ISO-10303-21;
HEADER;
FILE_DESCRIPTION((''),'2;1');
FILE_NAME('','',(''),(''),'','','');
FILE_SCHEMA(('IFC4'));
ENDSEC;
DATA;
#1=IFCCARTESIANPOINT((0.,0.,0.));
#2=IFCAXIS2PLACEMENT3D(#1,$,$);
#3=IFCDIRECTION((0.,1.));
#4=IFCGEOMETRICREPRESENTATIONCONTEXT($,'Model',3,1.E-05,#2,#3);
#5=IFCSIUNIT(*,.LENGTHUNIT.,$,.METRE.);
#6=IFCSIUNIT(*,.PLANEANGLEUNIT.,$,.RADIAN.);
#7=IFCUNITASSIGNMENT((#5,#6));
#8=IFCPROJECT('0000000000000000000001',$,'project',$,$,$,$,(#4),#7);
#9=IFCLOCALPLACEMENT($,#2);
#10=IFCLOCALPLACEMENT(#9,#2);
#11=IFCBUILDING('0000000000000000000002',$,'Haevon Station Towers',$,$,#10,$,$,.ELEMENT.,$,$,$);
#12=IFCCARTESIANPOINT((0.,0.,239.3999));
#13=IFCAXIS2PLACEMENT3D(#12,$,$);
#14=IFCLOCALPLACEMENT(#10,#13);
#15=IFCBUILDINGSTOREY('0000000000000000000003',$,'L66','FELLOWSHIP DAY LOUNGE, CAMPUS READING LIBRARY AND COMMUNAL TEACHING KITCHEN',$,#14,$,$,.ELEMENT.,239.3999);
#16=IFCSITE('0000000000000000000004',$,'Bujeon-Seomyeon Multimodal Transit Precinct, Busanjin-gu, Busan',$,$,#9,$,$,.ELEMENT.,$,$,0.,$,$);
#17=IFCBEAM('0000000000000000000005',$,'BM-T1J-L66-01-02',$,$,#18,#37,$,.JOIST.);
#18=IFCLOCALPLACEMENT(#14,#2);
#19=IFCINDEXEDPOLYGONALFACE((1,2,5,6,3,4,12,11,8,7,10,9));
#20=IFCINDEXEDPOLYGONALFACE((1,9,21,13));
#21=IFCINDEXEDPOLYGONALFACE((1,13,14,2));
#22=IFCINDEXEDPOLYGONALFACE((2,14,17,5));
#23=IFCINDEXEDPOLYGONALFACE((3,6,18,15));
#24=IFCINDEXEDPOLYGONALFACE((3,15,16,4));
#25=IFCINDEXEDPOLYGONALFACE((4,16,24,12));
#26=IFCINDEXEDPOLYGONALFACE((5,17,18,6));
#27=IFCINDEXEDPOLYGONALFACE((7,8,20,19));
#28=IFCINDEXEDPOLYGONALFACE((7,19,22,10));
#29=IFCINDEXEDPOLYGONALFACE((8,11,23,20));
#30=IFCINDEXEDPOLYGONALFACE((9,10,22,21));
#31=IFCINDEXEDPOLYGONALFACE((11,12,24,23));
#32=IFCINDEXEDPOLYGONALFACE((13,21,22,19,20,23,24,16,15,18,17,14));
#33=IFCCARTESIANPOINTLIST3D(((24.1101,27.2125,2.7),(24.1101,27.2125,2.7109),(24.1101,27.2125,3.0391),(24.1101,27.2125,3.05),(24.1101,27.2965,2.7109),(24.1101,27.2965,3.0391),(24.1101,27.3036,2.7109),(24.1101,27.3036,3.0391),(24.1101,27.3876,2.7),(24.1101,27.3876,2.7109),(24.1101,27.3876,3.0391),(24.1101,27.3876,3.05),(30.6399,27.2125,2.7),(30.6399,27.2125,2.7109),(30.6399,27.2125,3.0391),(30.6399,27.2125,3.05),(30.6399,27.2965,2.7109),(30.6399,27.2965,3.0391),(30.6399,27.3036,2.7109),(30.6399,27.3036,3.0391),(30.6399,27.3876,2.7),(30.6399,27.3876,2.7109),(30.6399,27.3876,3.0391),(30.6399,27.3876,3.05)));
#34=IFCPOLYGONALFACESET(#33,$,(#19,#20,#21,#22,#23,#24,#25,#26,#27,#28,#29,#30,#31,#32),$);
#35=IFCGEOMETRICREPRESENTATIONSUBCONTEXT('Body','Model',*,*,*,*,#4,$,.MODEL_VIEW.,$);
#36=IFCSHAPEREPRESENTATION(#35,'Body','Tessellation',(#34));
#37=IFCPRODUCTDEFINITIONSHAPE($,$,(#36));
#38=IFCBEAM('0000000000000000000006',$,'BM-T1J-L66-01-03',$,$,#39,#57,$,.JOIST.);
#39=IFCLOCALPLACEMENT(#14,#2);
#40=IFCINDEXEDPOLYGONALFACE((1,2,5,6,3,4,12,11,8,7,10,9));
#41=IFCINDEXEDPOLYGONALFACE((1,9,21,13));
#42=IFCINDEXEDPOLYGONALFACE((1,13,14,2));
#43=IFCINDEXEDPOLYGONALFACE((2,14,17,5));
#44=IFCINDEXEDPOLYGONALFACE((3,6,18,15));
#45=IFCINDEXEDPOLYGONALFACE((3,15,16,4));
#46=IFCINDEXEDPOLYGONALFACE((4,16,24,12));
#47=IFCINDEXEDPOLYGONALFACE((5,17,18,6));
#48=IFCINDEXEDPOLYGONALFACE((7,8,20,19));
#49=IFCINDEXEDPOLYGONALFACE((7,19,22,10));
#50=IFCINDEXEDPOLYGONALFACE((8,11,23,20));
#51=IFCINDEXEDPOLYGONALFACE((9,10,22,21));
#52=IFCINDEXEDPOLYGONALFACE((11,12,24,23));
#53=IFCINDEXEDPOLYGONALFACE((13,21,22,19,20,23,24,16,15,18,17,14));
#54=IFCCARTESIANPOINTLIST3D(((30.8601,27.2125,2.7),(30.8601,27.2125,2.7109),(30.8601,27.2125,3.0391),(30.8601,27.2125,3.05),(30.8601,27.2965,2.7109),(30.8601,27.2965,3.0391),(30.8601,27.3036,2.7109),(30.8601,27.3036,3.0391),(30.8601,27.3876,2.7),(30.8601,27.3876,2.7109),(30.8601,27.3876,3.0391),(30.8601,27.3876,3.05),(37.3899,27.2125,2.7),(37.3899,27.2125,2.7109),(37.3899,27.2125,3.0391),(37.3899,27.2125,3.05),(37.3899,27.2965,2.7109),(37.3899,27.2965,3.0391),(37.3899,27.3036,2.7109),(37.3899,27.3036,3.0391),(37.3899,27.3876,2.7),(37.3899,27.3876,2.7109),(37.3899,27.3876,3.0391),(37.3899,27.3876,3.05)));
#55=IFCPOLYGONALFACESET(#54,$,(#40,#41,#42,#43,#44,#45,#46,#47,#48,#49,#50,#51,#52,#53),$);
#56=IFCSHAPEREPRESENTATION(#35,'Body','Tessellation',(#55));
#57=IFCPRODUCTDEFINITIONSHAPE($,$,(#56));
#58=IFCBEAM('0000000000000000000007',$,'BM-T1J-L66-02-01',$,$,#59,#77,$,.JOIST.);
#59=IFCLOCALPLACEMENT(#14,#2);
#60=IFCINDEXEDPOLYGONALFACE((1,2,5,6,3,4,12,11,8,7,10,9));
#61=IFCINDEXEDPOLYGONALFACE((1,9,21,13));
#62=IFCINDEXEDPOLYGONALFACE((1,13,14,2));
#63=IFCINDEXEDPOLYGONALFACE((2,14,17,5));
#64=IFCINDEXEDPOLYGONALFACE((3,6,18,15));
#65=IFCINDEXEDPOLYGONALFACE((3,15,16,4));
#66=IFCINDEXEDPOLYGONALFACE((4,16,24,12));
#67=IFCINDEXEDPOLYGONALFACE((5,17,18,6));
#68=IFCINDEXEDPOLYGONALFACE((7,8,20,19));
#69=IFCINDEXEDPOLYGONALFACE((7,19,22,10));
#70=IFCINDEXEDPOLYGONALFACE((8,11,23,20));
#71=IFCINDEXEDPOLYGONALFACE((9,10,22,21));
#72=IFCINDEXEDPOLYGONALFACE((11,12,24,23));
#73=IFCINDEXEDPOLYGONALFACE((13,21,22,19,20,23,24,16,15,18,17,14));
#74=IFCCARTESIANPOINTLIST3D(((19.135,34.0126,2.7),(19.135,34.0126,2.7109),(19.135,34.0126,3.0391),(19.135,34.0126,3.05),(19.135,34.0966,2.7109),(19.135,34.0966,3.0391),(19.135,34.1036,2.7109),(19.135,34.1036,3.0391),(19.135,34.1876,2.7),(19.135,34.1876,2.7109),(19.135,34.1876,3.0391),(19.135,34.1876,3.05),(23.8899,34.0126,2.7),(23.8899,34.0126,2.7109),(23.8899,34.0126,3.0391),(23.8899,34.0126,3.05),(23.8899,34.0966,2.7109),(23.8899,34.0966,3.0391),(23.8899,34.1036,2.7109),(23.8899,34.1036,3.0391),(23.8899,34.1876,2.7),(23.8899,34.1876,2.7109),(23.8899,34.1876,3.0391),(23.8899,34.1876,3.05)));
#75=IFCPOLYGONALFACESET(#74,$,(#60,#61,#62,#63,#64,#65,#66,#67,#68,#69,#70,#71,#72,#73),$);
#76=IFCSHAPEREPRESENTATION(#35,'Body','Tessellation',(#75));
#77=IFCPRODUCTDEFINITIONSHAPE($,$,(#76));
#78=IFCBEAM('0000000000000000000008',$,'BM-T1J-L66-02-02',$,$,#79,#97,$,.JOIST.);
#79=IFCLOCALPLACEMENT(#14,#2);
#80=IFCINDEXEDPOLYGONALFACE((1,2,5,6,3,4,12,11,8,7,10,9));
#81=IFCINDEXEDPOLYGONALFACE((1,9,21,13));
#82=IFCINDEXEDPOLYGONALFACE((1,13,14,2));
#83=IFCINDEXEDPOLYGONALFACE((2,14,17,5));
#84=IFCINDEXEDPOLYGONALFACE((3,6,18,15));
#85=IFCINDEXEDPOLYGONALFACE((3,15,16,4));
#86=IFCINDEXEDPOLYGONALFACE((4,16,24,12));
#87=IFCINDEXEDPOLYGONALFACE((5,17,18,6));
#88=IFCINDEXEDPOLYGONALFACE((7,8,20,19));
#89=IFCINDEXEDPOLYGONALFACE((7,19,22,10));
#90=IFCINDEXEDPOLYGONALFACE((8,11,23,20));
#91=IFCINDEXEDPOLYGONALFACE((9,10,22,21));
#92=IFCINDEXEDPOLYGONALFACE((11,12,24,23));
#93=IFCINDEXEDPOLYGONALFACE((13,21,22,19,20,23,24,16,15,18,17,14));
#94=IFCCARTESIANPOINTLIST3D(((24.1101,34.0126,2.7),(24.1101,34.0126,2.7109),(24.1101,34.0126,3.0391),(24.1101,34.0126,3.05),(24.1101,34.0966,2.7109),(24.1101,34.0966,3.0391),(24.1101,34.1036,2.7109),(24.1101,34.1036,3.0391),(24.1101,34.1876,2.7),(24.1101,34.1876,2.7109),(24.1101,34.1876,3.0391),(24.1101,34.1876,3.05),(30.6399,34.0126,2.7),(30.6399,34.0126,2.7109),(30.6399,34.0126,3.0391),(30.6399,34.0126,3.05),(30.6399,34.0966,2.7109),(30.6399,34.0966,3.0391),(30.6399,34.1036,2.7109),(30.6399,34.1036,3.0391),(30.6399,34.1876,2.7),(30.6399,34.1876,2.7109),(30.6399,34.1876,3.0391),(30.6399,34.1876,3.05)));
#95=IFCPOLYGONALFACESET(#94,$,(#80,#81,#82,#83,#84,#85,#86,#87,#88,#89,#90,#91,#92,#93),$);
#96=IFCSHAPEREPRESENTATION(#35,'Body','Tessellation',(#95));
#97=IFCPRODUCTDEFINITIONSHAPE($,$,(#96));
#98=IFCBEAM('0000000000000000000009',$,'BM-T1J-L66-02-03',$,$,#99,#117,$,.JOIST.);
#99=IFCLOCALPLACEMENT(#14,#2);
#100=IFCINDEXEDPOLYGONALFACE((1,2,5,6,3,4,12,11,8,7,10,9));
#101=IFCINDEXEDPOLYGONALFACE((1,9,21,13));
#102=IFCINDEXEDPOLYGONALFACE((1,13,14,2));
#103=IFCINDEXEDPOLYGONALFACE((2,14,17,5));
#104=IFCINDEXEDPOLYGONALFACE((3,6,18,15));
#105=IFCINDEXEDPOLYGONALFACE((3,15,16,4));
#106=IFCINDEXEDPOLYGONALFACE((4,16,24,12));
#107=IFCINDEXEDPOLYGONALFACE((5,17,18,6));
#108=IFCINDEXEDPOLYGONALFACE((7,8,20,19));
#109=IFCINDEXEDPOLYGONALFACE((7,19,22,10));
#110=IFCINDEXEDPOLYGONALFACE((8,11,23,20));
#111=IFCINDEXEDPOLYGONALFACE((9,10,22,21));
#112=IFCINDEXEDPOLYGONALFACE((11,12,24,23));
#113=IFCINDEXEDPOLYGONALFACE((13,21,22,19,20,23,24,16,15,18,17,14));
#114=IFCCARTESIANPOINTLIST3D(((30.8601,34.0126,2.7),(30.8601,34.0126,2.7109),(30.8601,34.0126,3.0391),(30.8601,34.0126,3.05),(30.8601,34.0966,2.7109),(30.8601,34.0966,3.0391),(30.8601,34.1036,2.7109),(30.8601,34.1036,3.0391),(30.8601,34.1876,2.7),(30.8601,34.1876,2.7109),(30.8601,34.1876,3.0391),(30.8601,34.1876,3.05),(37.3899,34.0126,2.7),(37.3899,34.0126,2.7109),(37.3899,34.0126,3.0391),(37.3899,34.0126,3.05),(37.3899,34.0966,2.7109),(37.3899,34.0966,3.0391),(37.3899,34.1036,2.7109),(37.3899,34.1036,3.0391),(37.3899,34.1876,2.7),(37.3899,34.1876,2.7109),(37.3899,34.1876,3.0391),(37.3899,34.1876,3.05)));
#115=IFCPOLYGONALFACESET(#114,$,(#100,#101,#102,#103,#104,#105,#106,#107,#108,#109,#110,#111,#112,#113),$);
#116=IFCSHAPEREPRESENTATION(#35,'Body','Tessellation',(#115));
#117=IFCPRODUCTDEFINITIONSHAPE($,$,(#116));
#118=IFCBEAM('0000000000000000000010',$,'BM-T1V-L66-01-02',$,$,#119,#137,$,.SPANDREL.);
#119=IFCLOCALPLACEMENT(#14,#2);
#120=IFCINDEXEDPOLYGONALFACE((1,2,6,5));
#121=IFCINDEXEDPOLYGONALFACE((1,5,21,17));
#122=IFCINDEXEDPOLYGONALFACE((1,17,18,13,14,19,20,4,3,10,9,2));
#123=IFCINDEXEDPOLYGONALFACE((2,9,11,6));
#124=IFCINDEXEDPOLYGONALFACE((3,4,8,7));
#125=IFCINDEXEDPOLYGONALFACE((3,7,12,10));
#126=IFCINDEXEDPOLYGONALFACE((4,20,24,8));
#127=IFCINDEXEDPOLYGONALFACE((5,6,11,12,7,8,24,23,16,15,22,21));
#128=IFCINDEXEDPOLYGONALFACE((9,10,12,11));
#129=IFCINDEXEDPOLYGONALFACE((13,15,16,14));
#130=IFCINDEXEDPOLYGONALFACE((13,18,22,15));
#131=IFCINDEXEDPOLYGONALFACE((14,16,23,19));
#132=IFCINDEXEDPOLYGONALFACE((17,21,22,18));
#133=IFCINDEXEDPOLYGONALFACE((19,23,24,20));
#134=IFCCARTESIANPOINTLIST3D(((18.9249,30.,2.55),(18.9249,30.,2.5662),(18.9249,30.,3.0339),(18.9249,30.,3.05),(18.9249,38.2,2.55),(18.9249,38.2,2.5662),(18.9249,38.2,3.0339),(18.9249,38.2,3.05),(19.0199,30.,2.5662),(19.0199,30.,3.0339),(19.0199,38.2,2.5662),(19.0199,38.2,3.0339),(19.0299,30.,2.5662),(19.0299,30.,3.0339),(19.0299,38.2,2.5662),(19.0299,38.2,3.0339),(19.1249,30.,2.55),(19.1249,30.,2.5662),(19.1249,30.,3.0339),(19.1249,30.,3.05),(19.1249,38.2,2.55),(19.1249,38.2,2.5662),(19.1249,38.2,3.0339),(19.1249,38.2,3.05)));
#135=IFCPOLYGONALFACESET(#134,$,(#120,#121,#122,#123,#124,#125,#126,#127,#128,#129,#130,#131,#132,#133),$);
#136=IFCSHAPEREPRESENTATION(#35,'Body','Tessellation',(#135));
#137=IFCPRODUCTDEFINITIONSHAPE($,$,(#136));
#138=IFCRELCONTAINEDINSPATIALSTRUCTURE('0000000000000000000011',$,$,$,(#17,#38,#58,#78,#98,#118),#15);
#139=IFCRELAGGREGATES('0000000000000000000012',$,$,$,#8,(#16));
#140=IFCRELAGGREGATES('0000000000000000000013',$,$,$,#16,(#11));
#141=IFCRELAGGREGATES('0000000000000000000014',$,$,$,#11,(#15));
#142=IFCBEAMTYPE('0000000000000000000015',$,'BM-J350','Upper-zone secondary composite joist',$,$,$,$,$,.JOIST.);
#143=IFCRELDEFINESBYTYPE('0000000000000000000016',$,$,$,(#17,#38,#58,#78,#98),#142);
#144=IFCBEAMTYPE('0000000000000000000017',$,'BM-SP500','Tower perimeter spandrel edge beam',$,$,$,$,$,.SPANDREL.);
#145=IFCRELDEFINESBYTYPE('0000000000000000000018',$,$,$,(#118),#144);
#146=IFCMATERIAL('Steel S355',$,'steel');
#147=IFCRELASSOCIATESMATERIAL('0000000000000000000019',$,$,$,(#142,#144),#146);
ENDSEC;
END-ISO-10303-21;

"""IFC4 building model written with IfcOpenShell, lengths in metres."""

from ifc_helpers import new_model, si_unit, direction, frame, origin, origin_2d, place, context, subcontext, project, spatial, i_section, extrude, material, material_profile, profile_set, type_object, element, save


model = new_model("IFC4")

# Units and contexts
model_context = context("Model", 3, precision=1e-05, world=origin(), true_north=direction((0.0, 1.0)))
body_context = subcontext(model_context, "Body", "Model", "MODEL_VIEW")
ifc_project = project(units=[si_unit("LENGTHUNIT", "METRE"), si_unit("PLANEANGLEUNIT", "RADIAN")], contexts=[model_context])

# Site, building, storey
site_placement = place(None, origin())
site = spatial("IfcSite", under=ifc_project, at=site_placement, Name="Bujeon-Seomyeon Multimodal Transit Precinct, Busanjin-gu, Busan", CompositionType="ELEMENT", RefElevation=0.0)
building_placement = place(site_placement, origin())
building = spatial("IfcBuilding", under=site, at=building_placement, Name="Haevon Station Towers", CompositionType="ELEMENT")
storey_placement = place(building_placement, frame((0.0, 0.0, 239.3999)))
storey = spatial("IfcBuildingStorey", under=building, at=storey_placement, Name="L66", Description="FELLOWSHIP DAY LOUNGE, CAMPUS READING LIBRARY AND COMMUNAL TEACHING KITCHEN", CompositionType="ELEMENT", Elevation=239.3999)

# Shared definitions
ifc_material_1 = material(Name="Steel S355", Category="steel")

# Beams
ifc_material_profile_1 = material_profile(ifc_material_1, i_section(OverallWidth=0.175, OverallDepth=0.3501, WebThickness=0.0071, FlangeThickness=0.011, at=origin_2d()), Name="H-350x175x7x11")
ifc_profile_set_1 = profile_set([ifc_material_profile_1], Name="Steel S355")
beam_type_1 = type_object("IfcBeamType", Name="BM-J350", Description="Upper-zone secondary composite joist", PredefinedType="JOIST", material=ifc_profile_set_1)
for number, where, z_axis, x_axis, name in (
    (1, (24.1101, 27.3, 2.875), (1.0, 0.0, 0.0), (0.0, 1.0, 0.0), "BM-T1J-L66-01-02"),
    (2, (30.8601, 27.3, 2.875), (1.0, 0.0, 0.0), (0.0, 1.0, 0.0), "BM-T1J-L66-01-03"),
):
    element("IfcBeam", number, at=place(storey_placement, frame(where, z_axis=z_axis, x_axis=x_axis)), inside=storey, type_object=beam_type_1, Name=name, PredefinedType="JOIST", context=body_context, shape_type="SweptSolid", body=[
        extrude(i_section(OverallWidth=0.175, OverallDepth=0.3501, WebThickness=0.0071, FlangeThickness=0.011, at=origin_2d()), origin(), (0.0, 0.0, 1.0), 6.5298),
    ])
beam_1_placement = place(storey_placement, frame((19.135, 34.1001, 2.875), z_axis=(1.0, 0.0, 0.0), x_axis=(0.0, 1.0, 0.0)))
element("IfcBeam", 3, at=beam_1_placement, inside=storey, type_object=beam_type_1, Name="BM-T1J-L66-02-01", PredefinedType="JOIST", context=body_context, shape_type="SweptSolid", body=[
    extrude(i_section(OverallWidth=0.175, OverallDepth=0.3501, WebThickness=0.0071, FlangeThickness=0.011, at=origin_2d()), origin(), (0.0, 0.0, 1.0), 4.7549),
])
for number, where, z_axis, x_axis, name in (
    (4, (24.1101, 34.1001, 2.875), (1.0, 0.0, 0.0), (0.0, 1.0, 0.0), "BM-T1J-L66-02-02"),
    (5, (30.8601, 34.1001, 2.875), (1.0, 0.0, 0.0), (0.0, 1.0, 0.0), "BM-T1J-L66-02-03"),
):
    element("IfcBeam", number, at=place(storey_placement, frame(where, z_axis=z_axis, x_axis=x_axis)), inside=storey, type_object=beam_type_1, Name=name, PredefinedType="JOIST", context=body_context, shape_type="SweptSolid", body=[
        extrude(i_section(OverallWidth=0.175, OverallDepth=0.3501, WebThickness=0.0071, FlangeThickness=0.011, at=origin_2d()), origin(), (0.0, 0.0, 1.0), 6.5298),
    ])
ifc_material_profile_2 = material_profile(ifc_material_1, i_section(OverallWidth=0.2, OverallDepth=0.5, WebThickness=0.01, FlangeThickness=0.0161, at=origin_2d()), Name="H-500x200x10x16")
ifc_profile_set_2 = profile_set([ifc_material_profile_2], Name="Steel S355")
beam_type_2 = type_object("IfcBeamType", Name="BM-SP500", Description="Tower perimeter spandrel edge beam", PredefinedType="SPANDREL", material=ifc_profile_set_2)
beam_2_placement = place(storey_placement, frame((19.0249, 30.0, 2.8), z_axis=(0.0, 1.0, 0.0), x_axis=(-1.0, 0.0, 0.0)))
element("IfcBeam", 6, at=beam_2_placement, inside=storey, type_object=beam_type_2, Name="BM-T1V-L66-01-02", PredefinedType="SPANDREL", context=body_context, shape_type="SweptSolid", body=[
    extrude(i_section(OverallWidth=0.2, OverallDepth=0.5, WebThickness=0.01, FlangeThickness=0.0161, at=origin_2d()), origin(), (0.0, 0.0, 1.0), 8.2),
])

save(model, "model.ifc")
